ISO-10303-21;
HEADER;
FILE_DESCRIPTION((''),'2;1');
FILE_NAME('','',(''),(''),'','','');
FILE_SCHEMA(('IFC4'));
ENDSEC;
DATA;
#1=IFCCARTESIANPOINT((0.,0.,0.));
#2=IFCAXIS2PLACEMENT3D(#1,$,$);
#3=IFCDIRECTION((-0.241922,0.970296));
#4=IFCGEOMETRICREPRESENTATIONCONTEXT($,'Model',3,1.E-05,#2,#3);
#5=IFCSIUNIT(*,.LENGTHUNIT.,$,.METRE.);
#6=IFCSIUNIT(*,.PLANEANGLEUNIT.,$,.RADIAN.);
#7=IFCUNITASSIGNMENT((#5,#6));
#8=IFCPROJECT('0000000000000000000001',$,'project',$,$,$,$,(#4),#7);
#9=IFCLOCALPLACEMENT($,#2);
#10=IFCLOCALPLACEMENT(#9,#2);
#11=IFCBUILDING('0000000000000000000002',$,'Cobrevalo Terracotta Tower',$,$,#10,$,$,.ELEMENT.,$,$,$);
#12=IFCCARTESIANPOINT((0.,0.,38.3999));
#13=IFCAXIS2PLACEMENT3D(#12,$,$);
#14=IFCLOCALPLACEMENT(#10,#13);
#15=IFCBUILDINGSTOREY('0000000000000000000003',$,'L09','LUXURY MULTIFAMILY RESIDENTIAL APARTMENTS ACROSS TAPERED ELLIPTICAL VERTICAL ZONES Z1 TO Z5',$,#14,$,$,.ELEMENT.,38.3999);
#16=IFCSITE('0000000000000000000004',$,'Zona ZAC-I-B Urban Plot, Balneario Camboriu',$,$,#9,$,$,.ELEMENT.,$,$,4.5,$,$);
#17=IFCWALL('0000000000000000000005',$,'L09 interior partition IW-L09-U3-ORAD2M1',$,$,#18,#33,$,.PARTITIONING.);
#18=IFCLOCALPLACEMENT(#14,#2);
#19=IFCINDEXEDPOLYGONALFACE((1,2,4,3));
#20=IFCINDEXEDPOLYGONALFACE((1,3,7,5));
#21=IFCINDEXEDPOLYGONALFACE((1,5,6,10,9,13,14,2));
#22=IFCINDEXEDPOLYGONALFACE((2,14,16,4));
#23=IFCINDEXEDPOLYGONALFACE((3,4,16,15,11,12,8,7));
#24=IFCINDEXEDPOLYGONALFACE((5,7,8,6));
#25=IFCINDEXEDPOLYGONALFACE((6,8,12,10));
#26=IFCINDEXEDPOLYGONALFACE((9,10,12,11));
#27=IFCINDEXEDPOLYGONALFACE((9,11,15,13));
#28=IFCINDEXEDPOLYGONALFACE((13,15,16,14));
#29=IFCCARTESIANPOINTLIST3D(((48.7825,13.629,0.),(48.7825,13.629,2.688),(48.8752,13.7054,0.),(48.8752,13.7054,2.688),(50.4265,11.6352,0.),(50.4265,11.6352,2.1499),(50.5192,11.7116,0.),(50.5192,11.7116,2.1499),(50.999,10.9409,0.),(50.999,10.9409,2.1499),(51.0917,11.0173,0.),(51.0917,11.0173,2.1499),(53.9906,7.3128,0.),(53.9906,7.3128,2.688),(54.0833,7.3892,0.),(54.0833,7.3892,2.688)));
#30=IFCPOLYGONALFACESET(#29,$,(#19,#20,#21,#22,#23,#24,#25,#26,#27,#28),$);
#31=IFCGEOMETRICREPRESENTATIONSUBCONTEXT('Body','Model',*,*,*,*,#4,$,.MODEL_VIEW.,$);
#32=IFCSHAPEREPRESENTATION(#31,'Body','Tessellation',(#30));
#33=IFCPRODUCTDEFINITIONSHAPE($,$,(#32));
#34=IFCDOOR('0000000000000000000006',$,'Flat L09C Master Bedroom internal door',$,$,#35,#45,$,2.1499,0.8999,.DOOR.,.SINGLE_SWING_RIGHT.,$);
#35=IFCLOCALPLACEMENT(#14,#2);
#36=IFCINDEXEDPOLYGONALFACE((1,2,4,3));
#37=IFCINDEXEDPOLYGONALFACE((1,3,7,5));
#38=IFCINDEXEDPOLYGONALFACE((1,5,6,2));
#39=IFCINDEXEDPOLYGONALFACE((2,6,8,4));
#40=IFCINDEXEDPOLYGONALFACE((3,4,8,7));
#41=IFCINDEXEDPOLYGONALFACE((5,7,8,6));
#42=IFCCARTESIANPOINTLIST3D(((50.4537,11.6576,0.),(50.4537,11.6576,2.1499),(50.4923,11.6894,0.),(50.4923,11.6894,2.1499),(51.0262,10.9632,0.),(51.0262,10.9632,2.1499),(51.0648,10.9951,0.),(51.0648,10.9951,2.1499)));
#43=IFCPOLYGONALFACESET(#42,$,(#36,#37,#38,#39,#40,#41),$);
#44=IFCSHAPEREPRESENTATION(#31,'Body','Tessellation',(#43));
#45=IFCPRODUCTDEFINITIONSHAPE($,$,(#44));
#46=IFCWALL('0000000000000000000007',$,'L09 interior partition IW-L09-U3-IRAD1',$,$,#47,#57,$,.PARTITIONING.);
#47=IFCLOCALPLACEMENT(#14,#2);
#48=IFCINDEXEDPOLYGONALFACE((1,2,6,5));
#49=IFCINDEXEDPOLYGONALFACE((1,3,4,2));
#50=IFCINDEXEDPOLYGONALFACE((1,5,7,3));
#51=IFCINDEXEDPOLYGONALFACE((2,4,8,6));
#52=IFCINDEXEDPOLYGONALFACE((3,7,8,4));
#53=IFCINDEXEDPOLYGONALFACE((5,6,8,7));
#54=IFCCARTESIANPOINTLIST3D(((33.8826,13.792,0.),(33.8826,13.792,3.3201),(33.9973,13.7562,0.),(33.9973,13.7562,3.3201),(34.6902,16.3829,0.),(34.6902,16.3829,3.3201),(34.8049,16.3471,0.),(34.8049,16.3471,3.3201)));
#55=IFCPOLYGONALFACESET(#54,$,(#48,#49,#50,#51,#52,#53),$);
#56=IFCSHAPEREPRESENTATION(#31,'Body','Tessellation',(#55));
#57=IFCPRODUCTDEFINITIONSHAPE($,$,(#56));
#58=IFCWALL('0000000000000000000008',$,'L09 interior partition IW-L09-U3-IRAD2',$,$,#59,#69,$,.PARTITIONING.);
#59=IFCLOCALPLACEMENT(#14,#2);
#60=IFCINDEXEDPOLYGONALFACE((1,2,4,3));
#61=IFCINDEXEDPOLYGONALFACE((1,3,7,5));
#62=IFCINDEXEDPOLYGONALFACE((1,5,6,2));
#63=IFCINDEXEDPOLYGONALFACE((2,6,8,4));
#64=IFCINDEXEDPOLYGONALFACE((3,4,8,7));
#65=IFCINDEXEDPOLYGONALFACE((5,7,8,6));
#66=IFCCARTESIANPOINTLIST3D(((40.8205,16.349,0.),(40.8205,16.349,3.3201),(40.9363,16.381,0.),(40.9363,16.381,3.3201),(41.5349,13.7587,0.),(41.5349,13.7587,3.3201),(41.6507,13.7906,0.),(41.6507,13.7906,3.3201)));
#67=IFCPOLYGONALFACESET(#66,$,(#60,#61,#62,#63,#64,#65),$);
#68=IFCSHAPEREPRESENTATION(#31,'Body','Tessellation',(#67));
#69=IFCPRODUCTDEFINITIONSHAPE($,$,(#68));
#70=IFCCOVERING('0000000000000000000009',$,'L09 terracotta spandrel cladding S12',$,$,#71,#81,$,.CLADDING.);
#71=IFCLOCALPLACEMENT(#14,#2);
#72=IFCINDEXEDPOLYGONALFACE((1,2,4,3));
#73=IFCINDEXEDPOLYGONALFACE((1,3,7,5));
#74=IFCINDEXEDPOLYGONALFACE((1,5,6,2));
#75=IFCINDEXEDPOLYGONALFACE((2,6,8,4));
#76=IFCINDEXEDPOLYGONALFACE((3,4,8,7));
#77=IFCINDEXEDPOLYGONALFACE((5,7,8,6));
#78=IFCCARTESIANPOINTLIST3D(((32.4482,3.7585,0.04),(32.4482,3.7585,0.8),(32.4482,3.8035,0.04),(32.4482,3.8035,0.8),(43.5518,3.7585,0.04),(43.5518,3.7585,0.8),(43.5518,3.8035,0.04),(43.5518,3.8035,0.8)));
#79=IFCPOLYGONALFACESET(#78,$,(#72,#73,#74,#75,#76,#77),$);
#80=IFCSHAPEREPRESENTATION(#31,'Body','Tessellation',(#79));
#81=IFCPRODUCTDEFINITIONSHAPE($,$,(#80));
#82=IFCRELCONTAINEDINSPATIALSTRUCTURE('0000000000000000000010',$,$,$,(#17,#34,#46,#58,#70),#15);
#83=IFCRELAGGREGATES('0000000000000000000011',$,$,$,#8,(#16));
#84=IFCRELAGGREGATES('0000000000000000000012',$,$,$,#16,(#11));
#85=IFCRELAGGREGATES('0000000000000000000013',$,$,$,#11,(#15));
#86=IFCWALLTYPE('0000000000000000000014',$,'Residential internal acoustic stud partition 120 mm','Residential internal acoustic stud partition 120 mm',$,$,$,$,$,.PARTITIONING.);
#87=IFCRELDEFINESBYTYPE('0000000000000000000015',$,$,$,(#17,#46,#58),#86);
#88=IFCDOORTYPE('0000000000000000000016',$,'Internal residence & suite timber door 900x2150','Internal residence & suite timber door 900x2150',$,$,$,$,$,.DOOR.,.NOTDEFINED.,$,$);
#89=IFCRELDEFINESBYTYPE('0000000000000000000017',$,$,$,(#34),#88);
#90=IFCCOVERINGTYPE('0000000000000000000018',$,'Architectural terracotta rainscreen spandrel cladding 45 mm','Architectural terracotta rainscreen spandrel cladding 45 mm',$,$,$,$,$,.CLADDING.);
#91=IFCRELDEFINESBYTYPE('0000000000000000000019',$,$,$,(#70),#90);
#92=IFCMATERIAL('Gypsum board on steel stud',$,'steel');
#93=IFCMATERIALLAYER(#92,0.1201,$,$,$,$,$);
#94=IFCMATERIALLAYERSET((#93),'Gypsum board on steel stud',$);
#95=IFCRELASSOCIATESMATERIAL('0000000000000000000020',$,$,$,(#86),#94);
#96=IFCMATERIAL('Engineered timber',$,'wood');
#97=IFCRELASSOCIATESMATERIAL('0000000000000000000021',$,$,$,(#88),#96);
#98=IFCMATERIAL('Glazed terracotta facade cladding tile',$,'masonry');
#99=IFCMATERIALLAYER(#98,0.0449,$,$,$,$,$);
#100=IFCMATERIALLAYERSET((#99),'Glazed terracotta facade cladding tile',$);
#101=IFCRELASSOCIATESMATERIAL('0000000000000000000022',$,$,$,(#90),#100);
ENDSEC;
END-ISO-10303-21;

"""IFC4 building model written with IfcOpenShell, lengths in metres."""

from ifc_helpers import new_model, si_unit, direction, frame, frame_2d, origin, origin_2d, place, context, subcontext, project, spatial, rectangle, extrude, source, transform, mapped, material, layer, layer_set, type_object, element, fill, save


model = new_model("IFC4")

# Units and contexts
model_context = context("Model", 3, precision=1e-05, world=origin(), true_north=direction((-0.241922, 0.970296)))
body_context = subcontext(model_context, "Body", "Model", "MODEL_VIEW")
ifc_project = project(units=[si_unit("LENGTHUNIT", "METRE"), si_unit("PLANEANGLEUNIT", "RADIAN")], contexts=[model_context])

# Site, building, storey
site_placement = place(None, origin())
site = spatial("IfcSite", under=ifc_project, at=site_placement, Name="Zona ZAC-I-B Urban Plot, Balneario Camboriu", CompositionType="ELEMENT", RefElevation=4.5)
building_placement = place(site_placement, origin())
building = spatial("IfcBuilding", under=site, at=building_placement, Name="Cobrevalo Terracotta Tower", CompositionType="ELEMENT")
storey_placement = place(building_placement, frame((0.0, 0.0, 38.3999)))
storey = spatial("IfcBuildingStorey", under=building, at=storey_placement, Name="L09", Description="LUXURY MULTIFAMILY RESIDENTIAL APARTMENTS ACROSS TAPERED ELLIPTICAL VERTICAL ZONES Z1 TO Z5", CompositionType="ELEMENT", Elevation=38.3999)

# Wall, opening, door
ifc_material_1 = material(Name="Gypsum board on steel stud", Category="steel")
ifc_layer_1 = layer(ifc_material_1, 0.1201)
ifc_layer_set_1 = layer_set([ifc_layer_1], Name="Gypsum board on steel stud")
wall_type = type_object("IfcWallType", Name="Residential internal acoustic stud partition 120 mm", Description="Residential internal acoustic stud partition 120 mm", PredefinedType="PARTITIONING", material=ifc_layer_set_1)
ifc_material_2 = material(Name="Engineered timber", Category="wood")
door_type_1 = type_object("IfcDoorType", Name="Internal residence & suite timber door 900x2150", Description="Internal residence & suite timber door 900x2150", OperationType="NOTDEFINED", PredefinedType="DOOR", material=ifc_material_2)
shared_shape_1 = source(origin(), body_context, "Body", "SweptSolid", [
    extrude(rectangle(XDim=0.8999, YDim=2.1499, at=frame_2d((0.45, 1.075))), frame((0.0, 0.0249, 0.0), z_axis=(0.0, -1.0, 0.0), x_axis=(1.0, 0.0, 0.0)), (0.0, 0.0, 1.0), 0.05),
])
wall_1_placement = place(storey_placement, frame((48.8289, 13.6672, 0.0), z_axis=(0.0, 0.0, 1.0), x_axis=(0.636178, -0.771543, 0.0)))
wall_1 = element("IfcWall", 1, at=wall_1_placement, inside=storey, type_object=wall_type, Name="L09 interior partition IW-L09-U3-ORAD2M1", PredefinedType="PARTITIONING", context=body_context, shape_type="SweptSolid", body=[
    extrude(rectangle(XDim=8.1865, YDim=0.1201, at=frame_2d((4.0933, 0.0))), origin(), (0.0, 0.0, 1.0), 2.688),
])
opening_1_placement = place(wall_1_placement, frame((2.5842, 0.0, 0.0)))
opening_1 = element("IfcOpeningElement", 2, at=opening_1_placement, cuts=wall_1, PredefinedType="OPENING", context=body_context, shape_type="SweptSolid", body=[
    extrude(rectangle(XDim=0.8999, YDim=2.1499, at=frame_2d((0.45, 1.075))), frame((0.0, 0.0701, 0.0), z_axis=(0.0, -1.0, 0.0), x_axis=(1.0, 0.0, 0.0)), (0.0, 0.0, 1.0), 0.1401),
])
door_1_placement = place(opening_1_placement, frame((0.8999, 0.0, 0.0), z_axis=(0.0, 0.0, 1.0), x_axis=(-1.0, 0.0, 0.0)))
door_1 = element("IfcDoor", 3, at=door_1_placement, inside=storey, type_object=door_type_1, Name="Flat L09C Master Bedroom internal door", OperationType="SINGLE_SWING_RIGHT", OverallHeight=2.1499, OverallWidth=0.8999, PredefinedType="DOOR", context=body_context, shape_type="MappedRepresentation", body=[
    mapped(shared_shape_1, transform((0.0, 0.0, 0.0), scale=1.0)),
])
fill(opening_1, door_1)

# Walls
wall_2_placement = place(storey_placement, frame((34.7476, 16.365, 0.0), z_axis=(0.0, 0.0, 1.0), x_axis=(-0.297599, -0.954691, 0.0)))
element("IfcWall", 4, at=wall_2_placement, inside=storey, type_object=wall_type, Name="L09 interior partition IW-L09-U3-IRAD1", PredefinedType="PARTITIONING", context=body_context, shape_type="SweptSolid", body=[
    extrude(rectangle(XDim=2.7139, YDim=0.1201, at=frame_2d((1.3569, 0.0))), origin(), (0.0, 0.0, 1.0), 3.3201),
])
wall_3_placement = place(storey_placement, frame((40.8784, 16.365, 0.0), z_axis=(0.0, 0.0, 1.0), x_axis=(0.265853, -0.964013, 0.0)))
element("IfcWall", 5, at=wall_3_placement, inside=storey, type_object=wall_type, Name="L09 interior partition IW-L09-U3-IRAD2", PredefinedType="PARTITIONING", context=body_context, shape_type="SweptSolid", body=[
    extrude(rectangle(XDim=2.687, YDim=0.1201, at=frame_2d((1.3435, 0.0))), origin(), (0.0, 0.0, 1.0), 3.3201),
])

# Covering
ifc_material_3 = material(Name="Glazed terracotta facade cladding tile", Category="masonry")
ifc_layer_2 = layer(ifc_material_3, 0.0449)
ifc_layer_set_2 = layer_set([ifc_layer_2], Name="Glazed terracotta facade cladding tile")
covering_type = type_object("IfcCoveringType", Name="Architectural terracotta rainscreen spandrel cladding 45 mm", Description="Architectural terracotta rainscreen spandrel cladding 45 mm", PredefinedType="CLADDING", material=ifc_layer_set_2)
shared_shape_2 = source(origin(), body_context, "Body", "SweptSolid", [
    extrude(rectangle(XDim=11.1035, YDim=0.0449, at=origin_2d()), origin(), (0.0, 0.0, 1.0), 0.76),
])
covering_placement = place(storey_placement, frame((38.0, 3.781, 0.04), z_axis=(0.0, 0.0, 1.0), x_axis=(1.0, 0.0, 0.0)))
element("IfcCovering", 6, at=covering_placement, inside=storey, type_object=covering_type, Name="L09 terracotta spandrel cladding S12", PredefinedType="CLADDING", context=body_context, shape_type="MappedRepresentation", body=[
    mapped(shared_shape_2, transform((0.0, 0.0, 0.0), scale=1.0)),
])

save(model, "model.ifc")
